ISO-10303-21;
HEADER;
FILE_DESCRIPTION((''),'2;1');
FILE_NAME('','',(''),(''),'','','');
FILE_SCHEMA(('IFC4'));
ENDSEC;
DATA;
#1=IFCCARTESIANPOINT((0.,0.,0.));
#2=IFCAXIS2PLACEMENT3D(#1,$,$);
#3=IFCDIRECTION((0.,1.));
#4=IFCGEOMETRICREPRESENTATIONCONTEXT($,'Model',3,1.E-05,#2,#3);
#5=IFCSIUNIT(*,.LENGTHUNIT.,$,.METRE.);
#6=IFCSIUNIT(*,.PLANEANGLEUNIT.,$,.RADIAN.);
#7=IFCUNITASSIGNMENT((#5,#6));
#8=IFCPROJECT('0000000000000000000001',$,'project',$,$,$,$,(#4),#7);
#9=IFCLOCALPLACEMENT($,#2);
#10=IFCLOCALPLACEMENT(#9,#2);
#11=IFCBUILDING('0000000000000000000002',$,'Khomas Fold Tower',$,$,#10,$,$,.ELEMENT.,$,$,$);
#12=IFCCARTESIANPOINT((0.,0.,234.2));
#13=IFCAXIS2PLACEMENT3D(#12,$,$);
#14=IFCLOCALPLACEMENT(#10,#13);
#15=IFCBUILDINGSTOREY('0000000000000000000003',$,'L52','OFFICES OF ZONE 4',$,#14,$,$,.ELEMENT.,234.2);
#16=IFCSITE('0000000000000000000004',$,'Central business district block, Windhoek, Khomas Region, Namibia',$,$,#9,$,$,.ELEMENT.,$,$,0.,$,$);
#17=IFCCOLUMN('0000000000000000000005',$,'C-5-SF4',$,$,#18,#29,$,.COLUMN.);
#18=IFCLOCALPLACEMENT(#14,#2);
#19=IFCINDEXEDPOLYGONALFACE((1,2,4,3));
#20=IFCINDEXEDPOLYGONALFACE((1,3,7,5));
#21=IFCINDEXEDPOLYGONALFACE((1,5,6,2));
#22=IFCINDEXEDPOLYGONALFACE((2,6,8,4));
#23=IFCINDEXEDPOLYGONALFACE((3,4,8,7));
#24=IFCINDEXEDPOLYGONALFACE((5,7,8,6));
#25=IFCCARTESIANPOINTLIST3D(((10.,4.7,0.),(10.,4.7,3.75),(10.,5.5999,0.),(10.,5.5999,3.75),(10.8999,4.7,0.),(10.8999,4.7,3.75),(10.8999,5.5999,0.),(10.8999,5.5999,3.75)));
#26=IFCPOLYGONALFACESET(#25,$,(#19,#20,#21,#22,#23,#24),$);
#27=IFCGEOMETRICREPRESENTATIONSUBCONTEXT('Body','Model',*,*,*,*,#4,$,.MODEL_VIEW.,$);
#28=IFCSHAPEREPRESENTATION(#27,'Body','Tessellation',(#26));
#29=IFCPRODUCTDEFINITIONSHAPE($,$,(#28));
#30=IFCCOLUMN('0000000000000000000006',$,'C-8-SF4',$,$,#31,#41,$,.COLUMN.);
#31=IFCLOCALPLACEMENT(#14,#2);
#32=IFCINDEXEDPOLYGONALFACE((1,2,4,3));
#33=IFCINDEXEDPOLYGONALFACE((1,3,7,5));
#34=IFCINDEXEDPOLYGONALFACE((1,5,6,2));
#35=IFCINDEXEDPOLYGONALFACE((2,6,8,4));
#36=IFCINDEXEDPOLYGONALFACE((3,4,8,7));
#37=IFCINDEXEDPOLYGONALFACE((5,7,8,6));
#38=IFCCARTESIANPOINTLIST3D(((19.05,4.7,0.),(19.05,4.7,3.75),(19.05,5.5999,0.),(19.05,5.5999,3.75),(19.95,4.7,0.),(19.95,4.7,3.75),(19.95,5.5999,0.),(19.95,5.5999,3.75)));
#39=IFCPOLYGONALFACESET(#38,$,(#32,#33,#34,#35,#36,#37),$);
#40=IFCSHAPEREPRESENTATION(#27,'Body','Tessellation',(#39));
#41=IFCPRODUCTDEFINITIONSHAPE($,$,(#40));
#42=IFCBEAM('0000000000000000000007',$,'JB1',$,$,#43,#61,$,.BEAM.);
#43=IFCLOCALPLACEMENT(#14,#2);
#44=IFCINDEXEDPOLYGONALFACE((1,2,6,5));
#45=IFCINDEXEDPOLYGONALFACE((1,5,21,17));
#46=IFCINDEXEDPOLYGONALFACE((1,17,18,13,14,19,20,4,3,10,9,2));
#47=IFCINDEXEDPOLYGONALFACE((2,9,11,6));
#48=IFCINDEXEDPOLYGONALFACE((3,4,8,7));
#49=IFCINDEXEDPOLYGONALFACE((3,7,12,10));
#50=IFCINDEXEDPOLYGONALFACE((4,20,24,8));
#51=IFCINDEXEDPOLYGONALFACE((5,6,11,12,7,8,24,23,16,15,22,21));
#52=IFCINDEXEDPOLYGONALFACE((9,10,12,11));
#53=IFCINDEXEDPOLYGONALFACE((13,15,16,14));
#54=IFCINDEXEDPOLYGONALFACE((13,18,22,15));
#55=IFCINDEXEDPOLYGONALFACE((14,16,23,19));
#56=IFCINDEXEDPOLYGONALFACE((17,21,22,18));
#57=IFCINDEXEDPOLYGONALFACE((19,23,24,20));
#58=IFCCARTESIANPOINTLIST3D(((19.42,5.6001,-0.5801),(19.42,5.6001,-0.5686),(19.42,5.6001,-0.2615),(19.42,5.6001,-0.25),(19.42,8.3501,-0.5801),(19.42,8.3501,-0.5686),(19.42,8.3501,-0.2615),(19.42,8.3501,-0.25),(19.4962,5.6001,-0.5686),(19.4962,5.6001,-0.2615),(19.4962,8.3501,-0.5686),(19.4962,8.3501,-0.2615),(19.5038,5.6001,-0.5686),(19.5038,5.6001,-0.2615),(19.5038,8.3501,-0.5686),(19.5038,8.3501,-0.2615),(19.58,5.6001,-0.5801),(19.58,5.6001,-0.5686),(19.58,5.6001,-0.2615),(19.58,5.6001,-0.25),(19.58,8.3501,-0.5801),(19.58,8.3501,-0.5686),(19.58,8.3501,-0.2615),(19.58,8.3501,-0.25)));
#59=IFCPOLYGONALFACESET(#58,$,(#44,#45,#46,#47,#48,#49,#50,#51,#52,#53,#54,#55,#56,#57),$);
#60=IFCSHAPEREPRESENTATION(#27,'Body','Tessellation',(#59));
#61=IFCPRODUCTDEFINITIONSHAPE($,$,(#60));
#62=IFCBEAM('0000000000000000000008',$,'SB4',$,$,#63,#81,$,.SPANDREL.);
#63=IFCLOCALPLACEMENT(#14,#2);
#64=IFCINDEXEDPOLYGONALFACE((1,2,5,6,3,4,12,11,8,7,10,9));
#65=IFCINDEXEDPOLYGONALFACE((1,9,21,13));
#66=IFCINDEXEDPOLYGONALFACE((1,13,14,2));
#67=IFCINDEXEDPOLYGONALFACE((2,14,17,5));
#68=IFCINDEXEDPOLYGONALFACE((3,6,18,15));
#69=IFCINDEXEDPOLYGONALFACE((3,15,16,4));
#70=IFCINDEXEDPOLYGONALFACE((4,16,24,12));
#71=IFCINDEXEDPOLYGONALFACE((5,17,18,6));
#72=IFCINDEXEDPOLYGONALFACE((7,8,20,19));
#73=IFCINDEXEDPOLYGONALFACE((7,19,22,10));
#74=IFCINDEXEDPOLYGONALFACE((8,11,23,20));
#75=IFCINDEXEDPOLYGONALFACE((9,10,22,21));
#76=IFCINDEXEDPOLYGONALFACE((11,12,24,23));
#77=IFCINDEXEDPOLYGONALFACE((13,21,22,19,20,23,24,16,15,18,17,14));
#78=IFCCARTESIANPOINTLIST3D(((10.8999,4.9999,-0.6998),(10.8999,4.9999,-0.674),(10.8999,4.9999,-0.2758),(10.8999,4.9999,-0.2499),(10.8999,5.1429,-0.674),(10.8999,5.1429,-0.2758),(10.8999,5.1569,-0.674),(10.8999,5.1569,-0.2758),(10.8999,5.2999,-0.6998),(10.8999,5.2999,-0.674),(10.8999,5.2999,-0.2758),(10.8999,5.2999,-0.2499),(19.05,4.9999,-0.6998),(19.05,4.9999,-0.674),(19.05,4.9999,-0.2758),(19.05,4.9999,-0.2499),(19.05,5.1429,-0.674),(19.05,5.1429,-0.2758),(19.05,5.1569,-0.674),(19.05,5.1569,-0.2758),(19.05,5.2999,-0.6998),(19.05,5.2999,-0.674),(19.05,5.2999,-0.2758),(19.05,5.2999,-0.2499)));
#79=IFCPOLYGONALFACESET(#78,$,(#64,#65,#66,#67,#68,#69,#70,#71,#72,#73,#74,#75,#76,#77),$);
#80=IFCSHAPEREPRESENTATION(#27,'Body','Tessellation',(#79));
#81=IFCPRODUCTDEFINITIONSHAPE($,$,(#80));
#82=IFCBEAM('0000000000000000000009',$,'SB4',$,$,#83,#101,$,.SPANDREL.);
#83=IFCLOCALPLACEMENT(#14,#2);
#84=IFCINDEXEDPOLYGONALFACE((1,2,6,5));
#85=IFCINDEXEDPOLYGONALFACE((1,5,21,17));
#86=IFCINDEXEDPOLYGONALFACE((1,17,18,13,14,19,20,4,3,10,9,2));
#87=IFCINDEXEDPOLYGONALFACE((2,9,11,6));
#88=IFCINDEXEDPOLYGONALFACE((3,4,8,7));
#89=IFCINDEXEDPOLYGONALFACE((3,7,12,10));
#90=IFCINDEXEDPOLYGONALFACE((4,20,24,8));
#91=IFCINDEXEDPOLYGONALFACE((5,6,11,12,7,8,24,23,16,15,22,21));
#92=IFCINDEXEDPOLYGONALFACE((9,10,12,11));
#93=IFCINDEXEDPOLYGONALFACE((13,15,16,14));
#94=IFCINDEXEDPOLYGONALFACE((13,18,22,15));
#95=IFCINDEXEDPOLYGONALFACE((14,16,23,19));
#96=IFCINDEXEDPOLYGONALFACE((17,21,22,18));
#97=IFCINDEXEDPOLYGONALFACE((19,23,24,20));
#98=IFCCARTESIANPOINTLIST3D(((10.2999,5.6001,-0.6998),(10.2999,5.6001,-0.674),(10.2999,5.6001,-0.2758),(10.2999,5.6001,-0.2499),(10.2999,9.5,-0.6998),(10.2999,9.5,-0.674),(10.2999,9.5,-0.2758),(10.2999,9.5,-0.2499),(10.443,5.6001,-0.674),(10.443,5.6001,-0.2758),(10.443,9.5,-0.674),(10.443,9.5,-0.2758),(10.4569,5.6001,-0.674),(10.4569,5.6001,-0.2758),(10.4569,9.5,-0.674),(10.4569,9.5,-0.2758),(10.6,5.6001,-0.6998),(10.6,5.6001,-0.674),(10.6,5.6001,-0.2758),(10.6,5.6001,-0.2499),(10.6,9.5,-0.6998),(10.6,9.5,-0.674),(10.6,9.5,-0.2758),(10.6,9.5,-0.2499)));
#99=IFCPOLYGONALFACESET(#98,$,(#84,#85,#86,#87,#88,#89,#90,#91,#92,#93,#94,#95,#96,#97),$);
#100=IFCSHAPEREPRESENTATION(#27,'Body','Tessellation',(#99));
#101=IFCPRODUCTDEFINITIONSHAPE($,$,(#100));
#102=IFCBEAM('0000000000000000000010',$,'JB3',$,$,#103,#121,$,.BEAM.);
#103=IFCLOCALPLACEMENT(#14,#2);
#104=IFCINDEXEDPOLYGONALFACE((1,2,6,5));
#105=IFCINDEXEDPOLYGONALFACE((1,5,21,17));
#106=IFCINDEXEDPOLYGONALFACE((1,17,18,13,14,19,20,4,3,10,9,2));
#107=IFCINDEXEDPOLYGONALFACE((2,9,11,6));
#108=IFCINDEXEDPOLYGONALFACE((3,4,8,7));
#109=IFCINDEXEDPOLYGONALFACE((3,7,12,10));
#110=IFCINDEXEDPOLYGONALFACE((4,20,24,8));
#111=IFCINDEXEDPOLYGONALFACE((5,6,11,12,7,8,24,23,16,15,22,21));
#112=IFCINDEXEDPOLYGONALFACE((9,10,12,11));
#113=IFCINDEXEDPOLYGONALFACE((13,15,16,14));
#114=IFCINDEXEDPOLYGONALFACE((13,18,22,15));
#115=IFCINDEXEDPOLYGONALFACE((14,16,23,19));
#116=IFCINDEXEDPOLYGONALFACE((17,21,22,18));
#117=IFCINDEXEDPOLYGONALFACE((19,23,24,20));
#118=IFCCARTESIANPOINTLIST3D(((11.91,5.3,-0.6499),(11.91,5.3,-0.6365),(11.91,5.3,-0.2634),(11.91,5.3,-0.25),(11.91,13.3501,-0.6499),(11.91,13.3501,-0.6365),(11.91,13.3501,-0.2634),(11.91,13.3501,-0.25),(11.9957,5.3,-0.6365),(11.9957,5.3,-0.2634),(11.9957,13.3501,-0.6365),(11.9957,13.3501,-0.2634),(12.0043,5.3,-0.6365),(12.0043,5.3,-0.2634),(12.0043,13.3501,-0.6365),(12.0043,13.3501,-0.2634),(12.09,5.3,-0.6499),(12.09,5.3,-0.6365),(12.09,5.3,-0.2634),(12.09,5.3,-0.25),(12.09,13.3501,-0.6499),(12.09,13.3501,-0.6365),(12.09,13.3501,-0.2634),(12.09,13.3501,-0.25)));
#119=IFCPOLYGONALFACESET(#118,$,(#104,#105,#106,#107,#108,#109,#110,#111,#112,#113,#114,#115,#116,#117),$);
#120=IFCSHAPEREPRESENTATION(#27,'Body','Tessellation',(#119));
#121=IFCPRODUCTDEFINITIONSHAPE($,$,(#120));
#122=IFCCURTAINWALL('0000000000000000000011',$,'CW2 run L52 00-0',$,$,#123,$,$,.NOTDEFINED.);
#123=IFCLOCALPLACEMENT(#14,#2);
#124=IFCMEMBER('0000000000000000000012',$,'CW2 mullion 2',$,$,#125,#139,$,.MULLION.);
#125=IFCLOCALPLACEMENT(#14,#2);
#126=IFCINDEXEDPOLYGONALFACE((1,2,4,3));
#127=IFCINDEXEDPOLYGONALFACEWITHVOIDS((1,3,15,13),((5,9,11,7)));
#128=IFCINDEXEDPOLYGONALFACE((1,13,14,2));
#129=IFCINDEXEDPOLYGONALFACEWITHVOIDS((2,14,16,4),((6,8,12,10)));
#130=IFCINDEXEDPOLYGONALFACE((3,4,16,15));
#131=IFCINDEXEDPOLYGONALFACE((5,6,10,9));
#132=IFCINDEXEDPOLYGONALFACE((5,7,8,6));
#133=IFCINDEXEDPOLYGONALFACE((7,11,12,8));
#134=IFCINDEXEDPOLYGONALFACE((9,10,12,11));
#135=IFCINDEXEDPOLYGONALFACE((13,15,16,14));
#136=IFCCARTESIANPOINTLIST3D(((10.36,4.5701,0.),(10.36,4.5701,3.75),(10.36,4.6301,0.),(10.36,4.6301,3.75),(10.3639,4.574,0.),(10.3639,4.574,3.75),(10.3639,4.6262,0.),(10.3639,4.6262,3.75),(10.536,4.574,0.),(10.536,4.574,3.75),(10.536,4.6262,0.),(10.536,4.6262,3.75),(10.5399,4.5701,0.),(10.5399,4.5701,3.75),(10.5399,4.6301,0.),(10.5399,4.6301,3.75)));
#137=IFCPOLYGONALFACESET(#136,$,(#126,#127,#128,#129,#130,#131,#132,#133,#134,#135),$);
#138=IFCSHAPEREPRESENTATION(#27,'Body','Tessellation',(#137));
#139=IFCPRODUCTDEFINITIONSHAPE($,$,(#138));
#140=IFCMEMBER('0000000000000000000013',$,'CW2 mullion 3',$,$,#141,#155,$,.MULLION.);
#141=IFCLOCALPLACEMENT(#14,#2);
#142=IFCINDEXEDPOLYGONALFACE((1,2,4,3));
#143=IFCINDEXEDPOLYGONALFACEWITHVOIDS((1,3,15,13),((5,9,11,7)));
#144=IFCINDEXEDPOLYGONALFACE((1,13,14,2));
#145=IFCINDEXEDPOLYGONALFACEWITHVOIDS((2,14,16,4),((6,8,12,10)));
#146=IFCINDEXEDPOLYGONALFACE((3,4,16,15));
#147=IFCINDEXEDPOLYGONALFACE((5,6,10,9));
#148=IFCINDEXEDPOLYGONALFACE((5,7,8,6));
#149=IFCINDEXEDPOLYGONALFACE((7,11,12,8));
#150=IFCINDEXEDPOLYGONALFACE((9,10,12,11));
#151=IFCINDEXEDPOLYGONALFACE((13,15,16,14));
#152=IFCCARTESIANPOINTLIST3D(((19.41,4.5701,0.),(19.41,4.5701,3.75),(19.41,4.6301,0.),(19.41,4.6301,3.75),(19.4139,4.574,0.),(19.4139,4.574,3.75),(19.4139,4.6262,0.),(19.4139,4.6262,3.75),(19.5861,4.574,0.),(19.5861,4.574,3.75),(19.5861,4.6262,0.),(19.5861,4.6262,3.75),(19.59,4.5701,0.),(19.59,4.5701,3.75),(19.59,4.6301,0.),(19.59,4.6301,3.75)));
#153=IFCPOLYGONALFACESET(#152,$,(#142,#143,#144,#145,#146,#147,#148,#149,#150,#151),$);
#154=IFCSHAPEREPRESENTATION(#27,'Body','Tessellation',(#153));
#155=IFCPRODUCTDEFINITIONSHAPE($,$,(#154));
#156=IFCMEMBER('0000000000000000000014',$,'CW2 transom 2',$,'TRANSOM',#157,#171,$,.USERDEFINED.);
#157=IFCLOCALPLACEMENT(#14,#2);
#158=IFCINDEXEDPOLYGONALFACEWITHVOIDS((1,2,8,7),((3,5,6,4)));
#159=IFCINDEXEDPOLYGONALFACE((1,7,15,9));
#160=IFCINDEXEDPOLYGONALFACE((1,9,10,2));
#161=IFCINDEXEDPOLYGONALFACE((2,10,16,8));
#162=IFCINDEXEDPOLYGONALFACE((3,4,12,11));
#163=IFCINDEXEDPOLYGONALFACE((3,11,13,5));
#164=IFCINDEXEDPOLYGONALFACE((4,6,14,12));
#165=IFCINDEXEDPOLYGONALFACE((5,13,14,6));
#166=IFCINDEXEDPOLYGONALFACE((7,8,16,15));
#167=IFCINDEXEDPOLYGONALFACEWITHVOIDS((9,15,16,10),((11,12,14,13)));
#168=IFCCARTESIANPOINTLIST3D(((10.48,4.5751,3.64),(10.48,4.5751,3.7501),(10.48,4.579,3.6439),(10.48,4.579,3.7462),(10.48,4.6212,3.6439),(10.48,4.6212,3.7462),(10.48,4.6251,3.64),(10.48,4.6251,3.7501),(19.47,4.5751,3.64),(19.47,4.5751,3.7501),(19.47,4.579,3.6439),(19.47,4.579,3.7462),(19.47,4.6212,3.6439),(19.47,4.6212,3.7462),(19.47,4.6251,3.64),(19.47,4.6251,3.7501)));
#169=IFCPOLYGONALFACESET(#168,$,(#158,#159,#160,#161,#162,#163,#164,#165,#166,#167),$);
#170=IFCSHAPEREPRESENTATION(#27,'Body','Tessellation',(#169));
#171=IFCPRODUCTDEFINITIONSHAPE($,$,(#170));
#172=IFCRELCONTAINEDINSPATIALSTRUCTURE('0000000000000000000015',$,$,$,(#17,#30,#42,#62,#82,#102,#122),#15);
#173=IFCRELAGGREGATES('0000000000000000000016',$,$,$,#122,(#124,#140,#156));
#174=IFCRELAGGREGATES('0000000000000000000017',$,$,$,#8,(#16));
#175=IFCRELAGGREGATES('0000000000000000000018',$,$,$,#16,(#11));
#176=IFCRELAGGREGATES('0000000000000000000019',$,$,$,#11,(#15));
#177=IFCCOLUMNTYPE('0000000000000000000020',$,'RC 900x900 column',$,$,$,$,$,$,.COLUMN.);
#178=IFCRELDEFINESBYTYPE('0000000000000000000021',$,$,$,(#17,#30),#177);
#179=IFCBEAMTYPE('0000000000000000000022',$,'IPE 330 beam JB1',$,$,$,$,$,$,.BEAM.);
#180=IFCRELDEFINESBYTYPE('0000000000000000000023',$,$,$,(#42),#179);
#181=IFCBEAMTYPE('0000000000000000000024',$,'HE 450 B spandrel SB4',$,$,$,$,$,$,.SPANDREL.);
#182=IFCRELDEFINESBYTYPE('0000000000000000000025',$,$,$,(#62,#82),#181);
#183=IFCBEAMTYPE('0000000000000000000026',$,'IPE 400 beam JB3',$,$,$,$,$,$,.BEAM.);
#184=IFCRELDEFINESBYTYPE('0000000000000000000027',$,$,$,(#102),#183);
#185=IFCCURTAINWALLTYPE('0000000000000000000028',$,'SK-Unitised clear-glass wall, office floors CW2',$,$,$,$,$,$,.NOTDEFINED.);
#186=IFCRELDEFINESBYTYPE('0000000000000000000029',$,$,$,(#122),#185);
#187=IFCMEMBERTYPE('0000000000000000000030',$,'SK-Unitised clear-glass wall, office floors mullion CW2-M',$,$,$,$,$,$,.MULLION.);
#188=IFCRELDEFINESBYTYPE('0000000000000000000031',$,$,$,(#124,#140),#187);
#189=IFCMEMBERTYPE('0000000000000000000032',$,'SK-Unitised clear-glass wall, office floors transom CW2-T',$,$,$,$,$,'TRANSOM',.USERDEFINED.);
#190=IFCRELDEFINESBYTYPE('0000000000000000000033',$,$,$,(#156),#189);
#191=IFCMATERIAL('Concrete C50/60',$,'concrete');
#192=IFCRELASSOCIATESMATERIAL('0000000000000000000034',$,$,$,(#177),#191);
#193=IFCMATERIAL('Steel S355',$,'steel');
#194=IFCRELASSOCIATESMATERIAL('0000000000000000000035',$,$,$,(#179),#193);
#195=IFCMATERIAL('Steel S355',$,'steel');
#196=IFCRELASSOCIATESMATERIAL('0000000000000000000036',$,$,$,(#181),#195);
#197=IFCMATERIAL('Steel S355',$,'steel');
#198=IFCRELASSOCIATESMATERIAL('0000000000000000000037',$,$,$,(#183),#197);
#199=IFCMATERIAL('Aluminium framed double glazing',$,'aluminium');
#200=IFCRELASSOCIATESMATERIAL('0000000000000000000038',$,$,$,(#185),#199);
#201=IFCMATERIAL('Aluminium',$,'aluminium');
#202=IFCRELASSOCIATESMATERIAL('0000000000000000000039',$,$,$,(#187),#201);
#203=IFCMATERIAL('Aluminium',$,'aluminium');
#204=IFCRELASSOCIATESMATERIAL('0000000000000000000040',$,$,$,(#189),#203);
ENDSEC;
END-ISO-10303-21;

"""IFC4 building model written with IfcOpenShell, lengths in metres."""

from ifc_helpers import new_model, si_unit, direction, frame, origin, origin_2d, place, context, subcontext, project, spatial, rectangle, hollow_rectangle, i_section, extrude, source, transform, mapped, material, material_profile, profile_set, type_object, element, aggregate, save


model = new_model("IFC4")

# Units and contexts
model_context = context("Model", 3, precision=1e-05, world=origin(), true_north=direction((0.0, 1.0)))
body_context = subcontext(model_context, "Body", "Model", "MODEL_VIEW")
ifc_project = project(units=[si_unit("LENGTHUNIT", "METRE"), si_unit("PLANEANGLEUNIT", "RADIAN")], contexts=[model_context])

# Site, building, storey
site_placement = place(None, origin())
site = spatial("IfcSite", under=ifc_project, at=site_placement, Name="Central business district block, Windhoek, Khomas Region, Namibia", CompositionType="ELEMENT", RefElevation=0.0)
building_placement = place(site_placement, origin())
building = spatial("IfcBuilding", under=site, at=building_placement, Name="Khomas Fold Tower", CompositionType="ELEMENT")
storey_placement = place(building_placement, frame((0.0, 0.0, 234.2)))
storey = spatial("IfcBuildingStorey", under=building, at=storey_placement, Name="L52", Description="OFFICES OF ZONE 4", CompositionType="ELEMENT", Elevation=234.2)

# Columns
ifc_material_1 = material(Name="Concrete C50/60", Category="concrete")
ifc_material_profile_1 = material_profile(ifc_material_1, rectangle(XDim=0.8999, YDim=0.8999, at=origin_2d()), Name="RC 900x900")
ifc_profile_set_1 = profile_set([ifc_material_profile_1], Name="Concrete C50/60")
column_type = type_object("IfcColumnType", Name="RC 900x900 column", PredefinedType="COLUMN", material=ifc_profile_set_1)
shared_shape_1 = source(origin(), body_context, "Body", "SweptSolid", [
    extrude(rectangle(XDim=0.8999, YDim=0.8999, at=origin_2d()), origin(), (0.0, 0.0, 1.0), 3.75),
])
for number, where, z_axis, x_axis, name in (
    (1, (10.45, 5.1499, 0.0), (0.0, 0.0, 1.0), (1.0, 0.0, 0.0), "C-5-SF4"),
    (2, (19.5, 5.1499, 0.0), (0.0, 0.0, 1.0), (1.0, 0.0, 0.0), "C-8-SF4"),
):
    element("IfcColumn", number, at=place(storey_placement, frame(where, z_axis=z_axis, x_axis=x_axis)), inside=storey, type_object=column_type, Name=name, PredefinedType="COLUMN", context=body_context, shape_type="MappedRepresentation", body=[
        mapped(shared_shape_1, transform((0.0, 0.0, 0.0))),
    ])

# Beams
ifc_material_2 = material(Name="Steel S355", Category="steel")
ifc_material_profile_2 = material_profile(ifc_material_2, i_section(OverallWidth=0.1599, OverallDepth=0.3301, WebThickness=0.0076, FlangeThickness=0.0115, at=origin_2d()), Name="IPE 330")
ifc_profile_set_2 = profile_set([ifc_material_profile_2], Name="Steel S355")
beam_type_1 = type_object("IfcBeamType", Name="IPE 330 beam JB1", PredefinedType="BEAM", material=ifc_profile_set_2)
shared_shape_2 = source(origin(), body_context, "Body", "SweptSolid", [
    extrude(i_section(OverallWidth=0.1599, OverallDepth=0.3301, WebThickness=0.0076, FlangeThickness=0.0115, at=origin_2d()), origin(), (0.0, 0.0, 1.0), 2.75),
])
beam_1_placement = place(storey_placement, frame((19.5, 5.6001, -0.415), z_axis=(0.0, 1.0, 0.0), x_axis=(-1.0, 0.0, 0.0)))
element("IfcBeam", 3, at=beam_1_placement, inside=storey, type_object=beam_type_1, Name="JB1", PredefinedType="BEAM", context=body_context, shape_type="MappedRepresentation", body=[
    mapped(shared_shape_2, transform((0.0, 0.0, 0.0))),
])
ifc_material_3 = material(Name="Steel S355", Category="steel")
ifc_material_profile_3 = material_profile(ifc_material_3, i_section(OverallWidth=0.3, OverallDepth=0.45, WebThickness=0.0139, FlangeThickness=0.0259, at=origin_2d()), Name="HE 450 B")
ifc_profile_set_3 = profile_set([ifc_material_profile_3], Name="Steel S355")
beam_type_2 = type_object("IfcBeamType", Name="HE 450 B spandrel SB4", PredefinedType="SPANDREL", material=ifc_profile_set_3)
shared_shape_3 = source(origin(), body_context, "Body", "SweptSolid", [
    extrude(i_section(OverallWidth=0.3, OverallDepth=0.45, WebThickness=0.0139, FlangeThickness=0.0259, at=origin_2d()), origin(), (0.0, 0.0, 1.0), 8.1501),
])
beam_2_placement = place(storey_placement, frame((10.8999, 5.1499, -0.4749), z_axis=(1.0, 0.0, 0.0), x_axis=(0.0, 1.0, 0.0)))
element("IfcBeam", 4, at=beam_2_placement, inside=storey, type_object=beam_type_2, Name="SB4", PredefinedType="SPANDREL", context=body_context, shape_type="MappedRepresentation", body=[
    mapped(shared_shape_3, transform((0.0, 0.0, 0.0))),
])
shared_shape_4 = source(origin(), body_context, "Body", "SweptSolid", [
    extrude(i_section(OverallWidth=0.3, OverallDepth=0.45, WebThickness=0.0139, FlangeThickness=0.0259, at=origin_2d()), origin(), (0.0, 0.0, 1.0), 3.8999),
])
beam_3_placement = place(storey_placement, frame((10.45, 5.6001, -0.4749), z_axis=(0.0, 1.0, 0.0), x_axis=(-1.0, 0.0, 0.0)))
element("IfcBeam", 5, at=beam_3_placement, inside=storey, type_object=beam_type_2, Name="SB4", PredefinedType="SPANDREL", context=body_context, shape_type="MappedRepresentation", body=[
    mapped(shared_shape_4, transform((0.0, 0.0, 0.0))),
])
ifc_material_4 = material(Name="Steel S355", Category="steel")
ifc_material_profile_4 = material_profile(ifc_material_4, i_section(OverallWidth=0.1799, OverallDepth=0.3999, WebThickness=0.0085, FlangeThickness=0.0134, at=origin_2d()), Name="IPE 400")
ifc_profile_set_4 = profile_set([ifc_material_profile_4], Name="Steel S355")
beam_type_3 = type_object("IfcBeamType", Name="IPE 400 beam JB3", PredefinedType="BEAM", material=ifc_profile_set_4)
shared_shape_5 = source(origin(), body_context, "Body", "SweptSolid", [
    extrude(i_section(OverallWidth=0.1799, OverallDepth=0.3999, WebThickness=0.0085, FlangeThickness=0.0134, at=origin_2d()), origin(), (0.0, 0.0, 1.0), 8.05),
])
beam_4_placement = place(storey_placement, frame((12.0, 5.3, -0.45), z_axis=(0.0, 1.0, 0.0), x_axis=(-1.0, 0.0, 0.0)))
element("IfcBeam", 6, at=beam_4_placement, inside=storey, type_object=beam_type_3, Name="JB3", PredefinedType="BEAM", context=body_context, shape_type="MappedRepresentation", body=[
    mapped(shared_shape_5, transform((0.0, 0.0, 0.0))),
])

# Curtain wall, members
ifc_material_5 = material(Name="Aluminium framed double glazing", Category="aluminium")
curtain_wall_type = type_object("IfcCurtainWallType", Name="SK-Unitised clear-glass wall, office floors CW2", PredefinedType="NOTDEFINED", material=ifc_material_5)
curtain_wall_placement = place(storey_placement, origin())
curtain_wall = element("IfcCurtainWall", 7, at=curtain_wall_placement, inside=storey, type_object=curtain_wall_type, Name="CW2 run L52 00-0", PredefinedType="NOTDEFINED")
ifc_material_6 = material(Name="Aluminium", Category="aluminium")
ifc_material_profile_5 = material_profile(ifc_material_6, hollow_rectangle(XDim=0.0601, YDim=0.1799, WallThickness=0.0039, at=origin_2d()), Name="SK-Unitised clear-glass wall, office floors mullion CW2-M")
ifc_profile_set_5 = profile_set([ifc_material_profile_5], Name="Aluminium")
member_type_1 = type_object("IfcMemberType", Name="SK-Unitised clear-glass wall, office floors mullion CW2-M", PredefinedType="MULLION", material=ifc_profile_set_5)
shared_shape_6 = source(origin(), body_context, "Body", "SweptSolid", [
    extrude(hollow_rectangle(XDim=0.0601, YDim=0.1799, WallThickness=0.0039, at=origin_2d()), origin(), (0.0, 0.0, 1.0), 3.75),
])
member_1_placement = place(storey_placement, frame((10.45, 4.6001, 0.0), z_axis=(0.0, 0.0, 1.0), x_axis=(0.0, 1.0, 0.0)))
member_1 = element("IfcMember", 8, at=member_1_placement, type_object=member_type_1, Name="CW2 mullion 2", PredefinedType="MULLION", context=body_context, shape_type="MappedRepresentation", body=[
    mapped(shared_shape_6, transform((0.0, 0.0, 0.0))),
])
member_2_placement = place(storey_placement, frame((19.5, 4.6001, 0.0), z_axis=(0.0, 0.0, 1.0), x_axis=(0.0, 1.0, 0.0)))
member_2 = element("IfcMember", 9, at=member_2_placement, type_object=member_type_1, Name="CW2 mullion 3", PredefinedType="MULLION", context=body_context, shape_type="MappedRepresentation", body=[
    mapped(shared_shape_6, transform((0.0, 0.0, 0.0))),
])
ifc_material_7 = material(Name="Aluminium", Category="aluminium")
ifc_material_profile_6 = material_profile(ifc_material_7, hollow_rectangle(XDim=0.05, YDim=0.1101, WallThickness=0.0039, at=origin_2d()), Name="SK-Unitised clear-glass wall, office floors transom CW2-T")
ifc_profile_set_6 = profile_set([ifc_material_profile_6], Name="Aluminium")
member_type_2 = type_object("IfcMemberType", Name="SK-Unitised clear-glass wall, office floors transom CW2-T", ElementType="TRANSOM", PredefinedType="USERDEFINED", material=ifc_profile_set_6)
shared_shape_7 = source(origin(), body_context, "Body", "SweptSolid", [
    extrude(hollow_rectangle(XDim=0.05, YDim=0.1101, WallThickness=0.0039, at=origin_2d()), origin(), (0.0, 0.0, 1.0), 8.99),
])
member_3_placement = place(storey_placement, frame((10.48, 4.6001, 3.6951), z_axis=(1.0, 0.0, 0.0), x_axis=(0.0, 1.0, 0.0)))
member_3 = element("IfcMember", 10, at=member_3_placement, type_object=member_type_2, Name="CW2 transom 2", ObjectType="TRANSOM", PredefinedType="USERDEFINED", context=body_context, shape_type="MappedRepresentation", body=[
    mapped(shared_shape_7, transform((0.0, 0.0, 0.0))),
])

aggregate(curtain_wall, [member_1, member_2, member_3])

save(model, "model.ifc")
